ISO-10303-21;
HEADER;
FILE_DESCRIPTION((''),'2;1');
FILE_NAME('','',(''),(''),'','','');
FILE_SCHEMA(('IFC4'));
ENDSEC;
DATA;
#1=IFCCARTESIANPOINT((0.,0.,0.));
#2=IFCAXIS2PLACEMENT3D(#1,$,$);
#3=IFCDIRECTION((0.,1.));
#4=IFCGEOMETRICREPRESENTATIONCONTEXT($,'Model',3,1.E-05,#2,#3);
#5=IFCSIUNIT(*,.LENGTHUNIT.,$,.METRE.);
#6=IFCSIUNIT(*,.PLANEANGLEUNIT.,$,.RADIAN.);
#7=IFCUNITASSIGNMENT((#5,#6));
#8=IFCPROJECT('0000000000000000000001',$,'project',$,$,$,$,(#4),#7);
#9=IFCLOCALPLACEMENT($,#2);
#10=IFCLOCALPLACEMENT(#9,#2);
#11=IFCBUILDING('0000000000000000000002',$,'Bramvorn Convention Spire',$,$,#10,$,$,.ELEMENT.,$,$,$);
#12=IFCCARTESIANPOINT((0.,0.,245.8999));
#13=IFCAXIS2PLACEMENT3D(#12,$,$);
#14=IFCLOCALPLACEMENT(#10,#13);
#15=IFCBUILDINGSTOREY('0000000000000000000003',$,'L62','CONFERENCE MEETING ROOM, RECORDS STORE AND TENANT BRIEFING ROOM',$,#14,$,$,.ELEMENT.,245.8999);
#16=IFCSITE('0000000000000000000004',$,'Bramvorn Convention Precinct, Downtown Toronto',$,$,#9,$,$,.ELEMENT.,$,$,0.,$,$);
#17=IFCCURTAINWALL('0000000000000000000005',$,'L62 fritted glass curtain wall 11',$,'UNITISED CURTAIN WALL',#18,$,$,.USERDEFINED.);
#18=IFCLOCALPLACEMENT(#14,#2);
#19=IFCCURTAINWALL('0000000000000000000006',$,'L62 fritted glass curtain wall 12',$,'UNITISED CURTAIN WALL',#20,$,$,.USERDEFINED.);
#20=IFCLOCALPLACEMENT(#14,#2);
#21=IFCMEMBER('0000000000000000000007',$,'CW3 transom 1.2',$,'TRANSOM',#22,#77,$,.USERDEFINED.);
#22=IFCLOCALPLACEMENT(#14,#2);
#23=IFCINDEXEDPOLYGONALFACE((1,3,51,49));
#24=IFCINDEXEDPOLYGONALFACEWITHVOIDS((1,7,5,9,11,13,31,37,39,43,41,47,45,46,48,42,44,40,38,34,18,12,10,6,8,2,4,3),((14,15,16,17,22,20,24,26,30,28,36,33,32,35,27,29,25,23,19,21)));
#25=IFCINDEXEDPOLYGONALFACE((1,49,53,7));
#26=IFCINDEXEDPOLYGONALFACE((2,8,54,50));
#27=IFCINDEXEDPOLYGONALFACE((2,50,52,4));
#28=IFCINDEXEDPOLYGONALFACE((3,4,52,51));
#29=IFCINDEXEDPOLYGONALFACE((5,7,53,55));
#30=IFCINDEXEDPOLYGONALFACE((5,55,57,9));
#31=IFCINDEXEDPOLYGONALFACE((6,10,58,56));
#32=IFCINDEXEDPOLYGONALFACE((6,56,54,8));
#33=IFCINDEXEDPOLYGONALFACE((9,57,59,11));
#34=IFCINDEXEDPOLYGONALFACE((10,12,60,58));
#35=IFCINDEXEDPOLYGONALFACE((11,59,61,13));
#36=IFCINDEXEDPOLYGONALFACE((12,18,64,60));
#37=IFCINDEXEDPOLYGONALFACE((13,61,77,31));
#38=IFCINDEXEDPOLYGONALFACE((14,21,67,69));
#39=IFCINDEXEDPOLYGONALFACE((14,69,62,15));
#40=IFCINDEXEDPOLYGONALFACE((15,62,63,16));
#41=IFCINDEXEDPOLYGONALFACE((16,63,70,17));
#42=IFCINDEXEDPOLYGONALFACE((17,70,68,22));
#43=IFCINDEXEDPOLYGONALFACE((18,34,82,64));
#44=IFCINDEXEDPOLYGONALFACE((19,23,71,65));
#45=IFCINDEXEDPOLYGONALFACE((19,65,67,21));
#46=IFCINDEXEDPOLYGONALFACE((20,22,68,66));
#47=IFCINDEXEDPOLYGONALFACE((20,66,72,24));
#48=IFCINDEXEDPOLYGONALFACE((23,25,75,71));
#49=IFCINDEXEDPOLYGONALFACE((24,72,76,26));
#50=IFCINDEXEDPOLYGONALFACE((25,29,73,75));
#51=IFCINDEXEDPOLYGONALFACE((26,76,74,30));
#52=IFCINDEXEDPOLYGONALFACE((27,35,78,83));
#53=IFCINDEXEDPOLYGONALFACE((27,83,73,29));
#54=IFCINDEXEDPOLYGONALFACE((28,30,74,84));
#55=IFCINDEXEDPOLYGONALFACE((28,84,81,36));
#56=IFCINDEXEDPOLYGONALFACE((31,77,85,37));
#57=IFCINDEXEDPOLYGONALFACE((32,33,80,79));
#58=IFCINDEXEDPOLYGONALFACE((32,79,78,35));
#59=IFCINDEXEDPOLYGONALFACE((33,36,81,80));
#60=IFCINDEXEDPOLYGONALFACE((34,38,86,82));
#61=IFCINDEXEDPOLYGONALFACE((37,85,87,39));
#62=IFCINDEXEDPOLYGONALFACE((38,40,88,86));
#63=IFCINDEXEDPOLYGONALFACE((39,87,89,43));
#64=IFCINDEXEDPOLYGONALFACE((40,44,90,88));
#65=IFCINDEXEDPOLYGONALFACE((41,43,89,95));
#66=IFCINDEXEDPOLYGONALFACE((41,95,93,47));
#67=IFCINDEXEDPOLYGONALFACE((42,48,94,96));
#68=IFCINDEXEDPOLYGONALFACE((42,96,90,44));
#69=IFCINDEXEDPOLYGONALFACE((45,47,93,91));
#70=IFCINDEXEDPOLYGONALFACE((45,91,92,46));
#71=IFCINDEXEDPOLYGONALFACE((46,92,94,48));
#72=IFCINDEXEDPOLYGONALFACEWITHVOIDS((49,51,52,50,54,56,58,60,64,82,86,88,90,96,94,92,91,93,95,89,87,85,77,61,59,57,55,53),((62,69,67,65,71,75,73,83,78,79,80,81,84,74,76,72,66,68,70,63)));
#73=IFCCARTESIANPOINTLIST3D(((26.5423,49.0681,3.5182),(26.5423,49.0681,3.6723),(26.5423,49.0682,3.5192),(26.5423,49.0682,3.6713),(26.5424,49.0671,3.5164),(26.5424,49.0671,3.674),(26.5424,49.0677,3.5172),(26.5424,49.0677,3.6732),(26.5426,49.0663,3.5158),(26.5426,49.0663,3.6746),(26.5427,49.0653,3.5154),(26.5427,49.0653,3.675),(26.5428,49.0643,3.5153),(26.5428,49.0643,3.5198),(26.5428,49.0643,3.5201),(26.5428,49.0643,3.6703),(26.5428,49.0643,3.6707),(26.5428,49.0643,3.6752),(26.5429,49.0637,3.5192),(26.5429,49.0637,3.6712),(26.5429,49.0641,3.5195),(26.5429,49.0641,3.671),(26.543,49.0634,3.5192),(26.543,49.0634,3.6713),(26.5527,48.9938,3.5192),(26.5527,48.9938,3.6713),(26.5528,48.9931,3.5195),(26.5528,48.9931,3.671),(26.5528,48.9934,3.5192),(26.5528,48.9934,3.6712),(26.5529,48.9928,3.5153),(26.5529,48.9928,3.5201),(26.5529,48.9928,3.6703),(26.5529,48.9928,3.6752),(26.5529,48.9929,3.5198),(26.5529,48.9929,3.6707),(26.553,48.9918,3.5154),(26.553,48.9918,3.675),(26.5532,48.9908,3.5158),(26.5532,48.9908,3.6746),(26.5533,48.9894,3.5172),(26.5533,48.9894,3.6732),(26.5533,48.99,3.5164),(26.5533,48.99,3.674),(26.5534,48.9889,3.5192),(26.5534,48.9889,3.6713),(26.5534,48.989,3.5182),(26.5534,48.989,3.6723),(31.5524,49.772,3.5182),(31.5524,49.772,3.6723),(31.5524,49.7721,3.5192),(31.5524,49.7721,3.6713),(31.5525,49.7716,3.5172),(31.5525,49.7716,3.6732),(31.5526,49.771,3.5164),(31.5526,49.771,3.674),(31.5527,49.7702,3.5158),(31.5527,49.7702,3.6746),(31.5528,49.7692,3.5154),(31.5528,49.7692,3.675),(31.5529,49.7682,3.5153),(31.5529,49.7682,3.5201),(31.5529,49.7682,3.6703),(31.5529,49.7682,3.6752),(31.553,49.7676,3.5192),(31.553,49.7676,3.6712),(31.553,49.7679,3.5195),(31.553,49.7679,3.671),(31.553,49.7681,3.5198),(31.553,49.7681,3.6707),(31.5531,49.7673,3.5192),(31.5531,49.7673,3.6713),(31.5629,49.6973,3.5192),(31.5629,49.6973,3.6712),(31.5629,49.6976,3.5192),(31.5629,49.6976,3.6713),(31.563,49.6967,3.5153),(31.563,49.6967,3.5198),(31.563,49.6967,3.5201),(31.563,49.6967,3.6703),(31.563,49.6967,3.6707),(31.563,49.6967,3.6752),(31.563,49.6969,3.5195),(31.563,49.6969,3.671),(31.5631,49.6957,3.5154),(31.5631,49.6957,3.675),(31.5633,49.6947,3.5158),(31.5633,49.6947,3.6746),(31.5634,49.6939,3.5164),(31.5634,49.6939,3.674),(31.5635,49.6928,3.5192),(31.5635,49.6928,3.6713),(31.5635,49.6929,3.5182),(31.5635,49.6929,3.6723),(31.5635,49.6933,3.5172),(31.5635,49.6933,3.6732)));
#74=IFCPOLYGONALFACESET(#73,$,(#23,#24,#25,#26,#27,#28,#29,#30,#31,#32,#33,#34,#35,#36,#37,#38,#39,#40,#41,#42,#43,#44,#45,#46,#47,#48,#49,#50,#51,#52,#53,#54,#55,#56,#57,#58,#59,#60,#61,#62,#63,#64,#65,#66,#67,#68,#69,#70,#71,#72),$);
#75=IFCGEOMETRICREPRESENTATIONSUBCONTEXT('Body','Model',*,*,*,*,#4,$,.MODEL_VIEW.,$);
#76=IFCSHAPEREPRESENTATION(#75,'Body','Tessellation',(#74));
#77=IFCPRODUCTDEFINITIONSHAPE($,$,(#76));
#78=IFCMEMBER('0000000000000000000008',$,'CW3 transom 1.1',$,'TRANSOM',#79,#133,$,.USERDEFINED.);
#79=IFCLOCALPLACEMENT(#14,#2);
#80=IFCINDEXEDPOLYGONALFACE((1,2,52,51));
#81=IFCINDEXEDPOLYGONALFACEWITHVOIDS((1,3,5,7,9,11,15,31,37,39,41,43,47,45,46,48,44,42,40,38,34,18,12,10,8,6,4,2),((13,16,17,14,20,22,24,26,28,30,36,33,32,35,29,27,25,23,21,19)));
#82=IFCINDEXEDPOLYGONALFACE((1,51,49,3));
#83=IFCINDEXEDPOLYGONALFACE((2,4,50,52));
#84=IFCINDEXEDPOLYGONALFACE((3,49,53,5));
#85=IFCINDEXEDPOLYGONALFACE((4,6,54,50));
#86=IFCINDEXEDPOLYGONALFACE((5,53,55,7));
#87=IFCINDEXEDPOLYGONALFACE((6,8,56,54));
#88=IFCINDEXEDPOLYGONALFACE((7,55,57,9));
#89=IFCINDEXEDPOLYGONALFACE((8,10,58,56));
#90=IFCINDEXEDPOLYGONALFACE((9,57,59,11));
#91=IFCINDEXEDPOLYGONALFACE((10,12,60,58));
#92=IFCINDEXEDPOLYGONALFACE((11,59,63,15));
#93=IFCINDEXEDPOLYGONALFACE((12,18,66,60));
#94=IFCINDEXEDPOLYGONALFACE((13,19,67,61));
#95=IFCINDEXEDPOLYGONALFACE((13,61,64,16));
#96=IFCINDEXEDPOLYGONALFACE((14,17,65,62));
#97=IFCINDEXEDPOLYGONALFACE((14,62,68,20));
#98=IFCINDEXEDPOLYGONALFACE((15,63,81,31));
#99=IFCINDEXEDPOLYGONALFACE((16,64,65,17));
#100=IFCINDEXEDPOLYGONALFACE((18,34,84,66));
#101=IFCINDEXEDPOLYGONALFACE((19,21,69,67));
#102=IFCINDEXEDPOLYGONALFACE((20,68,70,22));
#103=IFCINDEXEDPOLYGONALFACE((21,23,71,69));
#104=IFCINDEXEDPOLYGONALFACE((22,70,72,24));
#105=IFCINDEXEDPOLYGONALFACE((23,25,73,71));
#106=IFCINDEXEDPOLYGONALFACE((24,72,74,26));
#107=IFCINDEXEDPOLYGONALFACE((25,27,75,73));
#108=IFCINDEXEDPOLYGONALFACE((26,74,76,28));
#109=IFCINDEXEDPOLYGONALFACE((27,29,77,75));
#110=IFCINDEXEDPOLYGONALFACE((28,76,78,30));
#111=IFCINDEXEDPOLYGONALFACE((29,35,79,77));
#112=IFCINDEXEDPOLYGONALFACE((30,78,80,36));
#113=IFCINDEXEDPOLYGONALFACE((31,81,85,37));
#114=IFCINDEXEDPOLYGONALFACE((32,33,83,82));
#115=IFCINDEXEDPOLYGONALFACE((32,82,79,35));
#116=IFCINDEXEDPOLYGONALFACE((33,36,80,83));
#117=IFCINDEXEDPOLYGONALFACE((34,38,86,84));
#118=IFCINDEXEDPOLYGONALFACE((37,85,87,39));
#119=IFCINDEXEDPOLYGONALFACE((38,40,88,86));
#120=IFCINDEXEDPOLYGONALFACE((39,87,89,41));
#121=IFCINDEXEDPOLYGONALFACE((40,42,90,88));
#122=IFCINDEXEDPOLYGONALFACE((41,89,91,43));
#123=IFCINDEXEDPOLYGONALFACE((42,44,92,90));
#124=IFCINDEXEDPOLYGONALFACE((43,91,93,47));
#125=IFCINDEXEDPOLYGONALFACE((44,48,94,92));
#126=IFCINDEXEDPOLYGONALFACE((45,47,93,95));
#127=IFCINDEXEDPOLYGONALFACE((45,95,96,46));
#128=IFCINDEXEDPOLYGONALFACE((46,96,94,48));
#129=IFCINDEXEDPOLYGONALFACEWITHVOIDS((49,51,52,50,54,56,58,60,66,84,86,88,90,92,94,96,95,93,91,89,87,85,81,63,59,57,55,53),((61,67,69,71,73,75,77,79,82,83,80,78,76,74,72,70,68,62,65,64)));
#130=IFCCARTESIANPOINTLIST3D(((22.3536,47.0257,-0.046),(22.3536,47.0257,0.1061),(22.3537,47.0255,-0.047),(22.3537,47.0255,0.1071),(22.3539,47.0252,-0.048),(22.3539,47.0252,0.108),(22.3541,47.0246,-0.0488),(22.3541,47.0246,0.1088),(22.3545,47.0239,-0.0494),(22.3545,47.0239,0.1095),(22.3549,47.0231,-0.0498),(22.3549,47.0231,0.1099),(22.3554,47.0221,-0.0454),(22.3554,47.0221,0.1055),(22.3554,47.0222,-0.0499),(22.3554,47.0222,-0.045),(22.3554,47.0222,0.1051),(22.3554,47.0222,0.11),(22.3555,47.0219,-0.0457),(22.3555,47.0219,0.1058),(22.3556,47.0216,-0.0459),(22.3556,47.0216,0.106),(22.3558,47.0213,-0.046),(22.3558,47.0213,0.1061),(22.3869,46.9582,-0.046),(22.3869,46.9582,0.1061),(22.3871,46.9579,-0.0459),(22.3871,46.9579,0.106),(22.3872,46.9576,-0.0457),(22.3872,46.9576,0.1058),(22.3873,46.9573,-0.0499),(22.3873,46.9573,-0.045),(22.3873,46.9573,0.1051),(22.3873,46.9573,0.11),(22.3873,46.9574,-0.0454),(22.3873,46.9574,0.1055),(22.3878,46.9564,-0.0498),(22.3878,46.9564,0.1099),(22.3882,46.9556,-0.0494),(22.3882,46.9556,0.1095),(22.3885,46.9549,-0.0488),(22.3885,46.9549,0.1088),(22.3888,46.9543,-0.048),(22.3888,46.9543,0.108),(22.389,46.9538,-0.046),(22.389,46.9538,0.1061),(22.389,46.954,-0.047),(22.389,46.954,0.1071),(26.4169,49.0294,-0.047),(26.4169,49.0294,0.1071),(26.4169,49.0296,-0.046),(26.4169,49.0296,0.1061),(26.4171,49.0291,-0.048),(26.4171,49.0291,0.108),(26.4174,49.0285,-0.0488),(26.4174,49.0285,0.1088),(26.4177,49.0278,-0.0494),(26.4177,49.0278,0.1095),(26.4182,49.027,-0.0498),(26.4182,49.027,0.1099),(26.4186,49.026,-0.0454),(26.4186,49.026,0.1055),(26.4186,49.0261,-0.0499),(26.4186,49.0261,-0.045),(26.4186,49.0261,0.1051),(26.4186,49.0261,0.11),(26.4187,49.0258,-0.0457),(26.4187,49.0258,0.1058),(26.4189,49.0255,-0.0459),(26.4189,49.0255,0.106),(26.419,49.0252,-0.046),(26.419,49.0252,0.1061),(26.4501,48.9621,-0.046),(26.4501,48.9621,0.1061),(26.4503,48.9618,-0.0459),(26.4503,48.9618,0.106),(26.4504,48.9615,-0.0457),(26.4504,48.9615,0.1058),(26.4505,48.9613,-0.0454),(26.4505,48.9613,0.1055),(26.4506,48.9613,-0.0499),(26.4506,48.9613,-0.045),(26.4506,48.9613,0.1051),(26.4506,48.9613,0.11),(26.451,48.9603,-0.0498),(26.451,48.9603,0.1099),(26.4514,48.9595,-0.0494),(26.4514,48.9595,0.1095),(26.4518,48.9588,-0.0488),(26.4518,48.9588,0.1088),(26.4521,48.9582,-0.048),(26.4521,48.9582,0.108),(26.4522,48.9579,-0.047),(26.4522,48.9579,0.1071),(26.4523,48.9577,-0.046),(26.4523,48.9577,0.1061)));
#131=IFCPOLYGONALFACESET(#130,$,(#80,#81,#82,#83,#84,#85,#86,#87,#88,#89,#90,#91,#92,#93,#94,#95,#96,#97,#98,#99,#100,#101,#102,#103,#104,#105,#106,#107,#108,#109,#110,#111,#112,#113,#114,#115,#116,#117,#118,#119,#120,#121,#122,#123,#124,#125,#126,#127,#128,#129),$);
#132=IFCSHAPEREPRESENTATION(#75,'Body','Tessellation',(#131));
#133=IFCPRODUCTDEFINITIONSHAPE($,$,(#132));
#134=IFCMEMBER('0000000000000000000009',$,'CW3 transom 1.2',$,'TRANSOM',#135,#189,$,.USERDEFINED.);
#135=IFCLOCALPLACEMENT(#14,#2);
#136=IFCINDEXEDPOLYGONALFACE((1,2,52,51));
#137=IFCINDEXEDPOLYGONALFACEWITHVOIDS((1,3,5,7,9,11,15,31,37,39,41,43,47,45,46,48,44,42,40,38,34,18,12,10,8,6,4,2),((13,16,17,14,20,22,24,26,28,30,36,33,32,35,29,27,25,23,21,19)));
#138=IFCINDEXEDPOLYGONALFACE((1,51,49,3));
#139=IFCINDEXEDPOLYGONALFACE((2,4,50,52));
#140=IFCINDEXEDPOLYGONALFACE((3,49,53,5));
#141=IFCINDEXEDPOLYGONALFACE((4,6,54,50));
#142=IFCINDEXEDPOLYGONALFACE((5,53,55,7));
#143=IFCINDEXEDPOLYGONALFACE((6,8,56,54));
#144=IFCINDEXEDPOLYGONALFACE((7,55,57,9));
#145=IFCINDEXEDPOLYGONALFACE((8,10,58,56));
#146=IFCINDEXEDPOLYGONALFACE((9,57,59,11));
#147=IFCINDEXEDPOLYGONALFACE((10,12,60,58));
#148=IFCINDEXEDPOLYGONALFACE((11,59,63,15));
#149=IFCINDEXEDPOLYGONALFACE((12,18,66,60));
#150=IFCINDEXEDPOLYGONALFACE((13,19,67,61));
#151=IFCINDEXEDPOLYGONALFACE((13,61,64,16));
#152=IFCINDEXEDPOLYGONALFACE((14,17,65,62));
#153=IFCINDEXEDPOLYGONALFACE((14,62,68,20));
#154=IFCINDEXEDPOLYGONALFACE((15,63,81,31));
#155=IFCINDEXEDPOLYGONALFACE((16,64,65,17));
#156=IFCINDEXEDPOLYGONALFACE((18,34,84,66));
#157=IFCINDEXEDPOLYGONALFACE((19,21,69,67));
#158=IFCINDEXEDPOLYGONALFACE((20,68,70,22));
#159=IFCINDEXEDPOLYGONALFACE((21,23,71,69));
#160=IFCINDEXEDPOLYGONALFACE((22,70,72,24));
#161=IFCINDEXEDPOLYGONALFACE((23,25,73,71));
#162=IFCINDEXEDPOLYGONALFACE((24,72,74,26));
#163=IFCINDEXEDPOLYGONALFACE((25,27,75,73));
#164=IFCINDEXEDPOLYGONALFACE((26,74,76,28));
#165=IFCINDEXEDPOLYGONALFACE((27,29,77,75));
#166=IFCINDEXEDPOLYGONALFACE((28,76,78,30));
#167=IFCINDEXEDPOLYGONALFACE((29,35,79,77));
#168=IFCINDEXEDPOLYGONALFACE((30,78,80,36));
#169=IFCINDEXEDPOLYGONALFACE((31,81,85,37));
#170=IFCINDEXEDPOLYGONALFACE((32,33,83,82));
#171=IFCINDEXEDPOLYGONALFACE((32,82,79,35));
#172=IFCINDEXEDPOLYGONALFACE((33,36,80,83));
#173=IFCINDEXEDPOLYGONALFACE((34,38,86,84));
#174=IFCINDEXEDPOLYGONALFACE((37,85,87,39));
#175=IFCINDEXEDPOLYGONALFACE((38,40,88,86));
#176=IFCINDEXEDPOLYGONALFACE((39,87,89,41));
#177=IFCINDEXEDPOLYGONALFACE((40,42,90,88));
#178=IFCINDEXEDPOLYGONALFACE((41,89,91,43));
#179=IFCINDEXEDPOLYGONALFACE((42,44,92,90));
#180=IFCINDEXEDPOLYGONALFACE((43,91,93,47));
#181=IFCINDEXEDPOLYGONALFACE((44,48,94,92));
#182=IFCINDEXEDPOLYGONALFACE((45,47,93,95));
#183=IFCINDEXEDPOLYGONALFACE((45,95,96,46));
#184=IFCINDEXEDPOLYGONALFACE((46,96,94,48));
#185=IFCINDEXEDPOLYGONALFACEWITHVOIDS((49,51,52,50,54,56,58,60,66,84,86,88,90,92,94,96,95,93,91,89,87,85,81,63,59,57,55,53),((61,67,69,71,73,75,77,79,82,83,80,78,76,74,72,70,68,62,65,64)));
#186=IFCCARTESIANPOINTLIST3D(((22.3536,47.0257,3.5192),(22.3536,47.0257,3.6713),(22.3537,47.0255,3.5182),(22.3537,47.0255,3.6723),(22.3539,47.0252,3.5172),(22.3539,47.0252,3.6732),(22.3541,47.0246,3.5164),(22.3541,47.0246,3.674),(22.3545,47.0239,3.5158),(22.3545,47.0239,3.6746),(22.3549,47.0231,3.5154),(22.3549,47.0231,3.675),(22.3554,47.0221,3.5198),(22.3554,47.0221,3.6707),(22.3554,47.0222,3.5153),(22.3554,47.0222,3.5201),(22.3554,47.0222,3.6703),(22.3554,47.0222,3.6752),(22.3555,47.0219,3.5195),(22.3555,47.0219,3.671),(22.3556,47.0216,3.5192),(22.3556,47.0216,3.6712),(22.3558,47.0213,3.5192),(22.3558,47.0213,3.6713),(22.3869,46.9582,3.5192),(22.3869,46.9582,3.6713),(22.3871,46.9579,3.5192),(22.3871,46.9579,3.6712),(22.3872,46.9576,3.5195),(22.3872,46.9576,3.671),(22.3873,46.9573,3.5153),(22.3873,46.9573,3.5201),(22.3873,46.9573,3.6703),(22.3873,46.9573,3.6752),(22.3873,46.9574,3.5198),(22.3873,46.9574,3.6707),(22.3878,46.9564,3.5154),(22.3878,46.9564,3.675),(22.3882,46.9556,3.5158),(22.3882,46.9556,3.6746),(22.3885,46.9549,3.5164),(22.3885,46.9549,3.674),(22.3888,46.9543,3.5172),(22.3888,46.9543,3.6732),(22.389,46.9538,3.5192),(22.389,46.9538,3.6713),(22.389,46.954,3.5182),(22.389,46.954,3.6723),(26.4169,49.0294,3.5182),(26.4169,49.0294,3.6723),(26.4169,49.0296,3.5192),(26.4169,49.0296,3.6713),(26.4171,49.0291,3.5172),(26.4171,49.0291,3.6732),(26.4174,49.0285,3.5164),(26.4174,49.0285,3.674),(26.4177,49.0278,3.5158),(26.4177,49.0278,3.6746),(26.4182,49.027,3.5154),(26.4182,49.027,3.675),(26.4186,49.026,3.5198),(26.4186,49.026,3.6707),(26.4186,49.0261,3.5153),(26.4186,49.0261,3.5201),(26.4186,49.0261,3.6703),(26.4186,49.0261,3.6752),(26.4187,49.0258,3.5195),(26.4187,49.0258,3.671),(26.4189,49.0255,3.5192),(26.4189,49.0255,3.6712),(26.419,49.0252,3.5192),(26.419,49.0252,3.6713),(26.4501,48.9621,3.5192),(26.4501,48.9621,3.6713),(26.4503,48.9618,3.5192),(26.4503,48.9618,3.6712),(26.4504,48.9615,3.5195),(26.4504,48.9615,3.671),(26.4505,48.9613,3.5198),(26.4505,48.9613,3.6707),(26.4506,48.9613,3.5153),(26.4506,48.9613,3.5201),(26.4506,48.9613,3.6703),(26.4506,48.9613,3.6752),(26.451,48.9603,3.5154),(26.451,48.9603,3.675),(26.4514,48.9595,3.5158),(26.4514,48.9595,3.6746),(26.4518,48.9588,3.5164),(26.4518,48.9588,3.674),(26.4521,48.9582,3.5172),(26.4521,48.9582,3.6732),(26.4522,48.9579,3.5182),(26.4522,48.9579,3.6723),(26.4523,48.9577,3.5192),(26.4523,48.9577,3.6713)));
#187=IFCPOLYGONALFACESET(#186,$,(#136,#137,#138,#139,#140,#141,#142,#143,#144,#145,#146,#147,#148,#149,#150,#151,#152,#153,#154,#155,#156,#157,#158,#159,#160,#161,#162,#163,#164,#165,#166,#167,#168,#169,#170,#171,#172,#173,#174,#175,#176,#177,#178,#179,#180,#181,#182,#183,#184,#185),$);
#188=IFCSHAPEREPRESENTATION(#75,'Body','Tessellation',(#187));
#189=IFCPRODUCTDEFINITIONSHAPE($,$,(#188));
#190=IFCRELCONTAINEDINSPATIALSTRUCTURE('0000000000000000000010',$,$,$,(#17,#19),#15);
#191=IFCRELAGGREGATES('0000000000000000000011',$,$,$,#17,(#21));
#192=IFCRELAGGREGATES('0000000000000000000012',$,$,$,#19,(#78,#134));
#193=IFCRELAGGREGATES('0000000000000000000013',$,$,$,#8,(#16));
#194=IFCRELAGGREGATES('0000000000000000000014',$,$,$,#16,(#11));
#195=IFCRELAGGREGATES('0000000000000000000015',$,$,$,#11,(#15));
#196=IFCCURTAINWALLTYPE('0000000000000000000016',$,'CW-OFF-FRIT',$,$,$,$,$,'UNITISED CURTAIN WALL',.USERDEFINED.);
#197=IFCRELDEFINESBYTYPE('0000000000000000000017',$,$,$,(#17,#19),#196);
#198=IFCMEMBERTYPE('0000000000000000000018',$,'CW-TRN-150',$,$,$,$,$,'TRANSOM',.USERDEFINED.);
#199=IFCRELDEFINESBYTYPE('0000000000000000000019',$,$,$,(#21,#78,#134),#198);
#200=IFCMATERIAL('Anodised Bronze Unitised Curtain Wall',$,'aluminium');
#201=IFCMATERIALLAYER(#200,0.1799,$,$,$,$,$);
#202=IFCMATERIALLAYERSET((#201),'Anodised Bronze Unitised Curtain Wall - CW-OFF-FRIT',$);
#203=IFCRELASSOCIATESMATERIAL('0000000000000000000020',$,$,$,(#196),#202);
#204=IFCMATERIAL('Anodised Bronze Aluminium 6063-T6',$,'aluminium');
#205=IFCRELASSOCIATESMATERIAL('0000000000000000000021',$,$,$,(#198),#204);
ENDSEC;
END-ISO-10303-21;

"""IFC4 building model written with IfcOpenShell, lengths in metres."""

from ifc_helpers import new_model, si_unit, direction, frame, origin, origin_2d, place, context, subcontext, project, spatial, hollow_rectangle, extrude, material, layer, layer_set, material_profile, profile_set, type_object, element, aggregate, save


model = new_model("IFC4")

# Units and contexts
model_context = context("Model", 3, precision=1e-05, world=origin(), true_north=direction((0.0, 1.0)))
body_context = subcontext(model_context, "Body", "Model", "MODEL_VIEW")
ifc_project = project(units=[si_unit("LENGTHUNIT", "METRE"), si_unit("PLANEANGLEUNIT", "RADIAN")], contexts=[model_context])

# Site, building, storey
site_placement = place(None, origin())
site = spatial("IfcSite", under=ifc_project, at=site_placement, Name="Bramvorn Convention Precinct, Downtown Toronto", CompositionType="ELEMENT", RefElevation=0.0)
building_placement = place(site_placement, origin())
building = spatial("IfcBuilding", under=site, at=building_placement, Name="Bramvorn Convention Spire", CompositionType="ELEMENT")
storey_placement = place(building_placement, frame((0.0, 0.0, 245.8999)))
storey = spatial("IfcBuildingStorey", under=building, at=storey_placement, Name="L62", Description="CONFERENCE MEETING ROOM, RECORDS STORE AND TENANT BRIEFING ROOM", CompositionType="ELEMENT", Elevation=245.8999)

# Curtain walls
ifc_material_1 = material(Name="Anodised Bronze Unitised Curtain Wall", Category="aluminium")
ifc_layer_1 = layer(ifc_material_1, 0.1799)
ifc_layer_set_1 = layer_set([ifc_layer_1], Name="Anodised Bronze Unitised Curtain Wall - CW-OFF-FRIT")
curtain_wall_type = type_object("IfcCurtainWallType", Name="CW-OFF-FRIT", ElementType="UNITISED CURTAIN WALL", PredefinedType="USERDEFINED", material=ifc_layer_set_1)
curtain_wall_1_placement = place(storey_placement, origin())
curtain_wall_1 = element("IfcCurtainWall", 1, at=curtain_wall_1_placement, inside=storey, type_object=curtain_wall_type, Name="L62 fritted glass curtain wall 11", ObjectType="UNITISED CURTAIN WALL", PredefinedType="USERDEFINED")
ifc_material_2 = material(Name="Anodised Bronze Aluminium 6063-T6", Category="aluminium")
curtain_wall_2_placement = place(storey_placement, origin())
curtain_wall_2 = element("IfcCurtainWall", 2, at=curtain_wall_2_placement, inside=storey, type_object=curtain_wall_type, Name="L62 fritted glass curtain wall 12", ObjectType="UNITISED CURTAIN WALL", PredefinedType="USERDEFINED")

# Members
ifc_material_profile_1 = material_profile(ifc_material_2, hollow_rectangle(XDim=0.0801, YDim=0.1599, WallThickness=0.0039, InnerFilletRadius=0.001, OuterFilletRadius=0.0039, at=origin_2d()))
ifc_profile_set_1 = profile_set([ifc_material_profile_1], Name="Anodised Bronze Aluminium 6063-T6 - CWT80X160")
member_type_1 = type_object("IfcMemberType", Name="CW-TRN-150", ElementType="TRANSOM", PredefinedType="USERDEFINED", material=ifc_profile_set_1)
member_1_placement = place(storey_placement, frame((26.5479, 49.0286, 3.5952), z_axis=(0.990275, 0.139124, 0.0), x_axis=(-0.139124, 0.990275, 0.0)))
member_1 = element("IfcMember", 3, at=member_1_placement, type_object=member_type_1, Name="CW3 transom 1.2", ObjectType="TRANSOM", PredefinedType="USERDEFINED", context=body_context, shape_type="SweptSolid", body=[
    extrude(hollow_rectangle(XDim=0.0801, YDim=0.1599, WallThickness=0.0039, InnerFilletRadius=0.001, OuterFilletRadius=0.0039, at=origin_2d()), origin(), (0.0, 0.0, 1.0), 5.0593),
])
member_2_placement = place(storey_placement, frame((22.3713, 46.9897, 0.03), z_axis=(0.89686, 0.442314, 0.0), x_axis=(-0.442314, 0.89686, 0.0)))
member_2 = element("IfcMember", 4, at=member_2_placement, type_object=member_type_1, Name="CW3 transom 1.1", ObjectType="TRANSOM", PredefinedType="USERDEFINED", context=body_context, shape_type="SweptSolid", body=[
    extrude(hollow_rectangle(XDim=0.0801, YDim=0.1599, WallThickness=0.0039, InnerFilletRadius=0.001, OuterFilletRadius=0.0039, at=origin_2d()), origin(), (0.0, 0.0, 1.0), 4.5305),
])
member_3_placement = place(storey_placement, frame((22.3713, 46.9897, 3.5952), z_axis=(0.89686, 0.442314, 0.0), x_axis=(-0.442314, 0.89686, 0.0)))
member_3 = element("IfcMember", 5, at=member_3_placement, type_object=member_type_1, Name="CW3 transom 1.2", ObjectType="TRANSOM", PredefinedType="USERDEFINED", context=body_context, shape_type="SweptSolid", body=[
    extrude(hollow_rectangle(XDim=0.0801, YDim=0.1599, WallThickness=0.0039, InnerFilletRadius=0.001, OuterFilletRadius=0.0039, at=origin_2d()), origin(), (0.0, 0.0, 1.0), 4.5305),
])

aggregate(curtain_wall_1, [member_1])
aggregate(curtain_wall_2, [member_2, member_3])

save(model, "model.ifc")
